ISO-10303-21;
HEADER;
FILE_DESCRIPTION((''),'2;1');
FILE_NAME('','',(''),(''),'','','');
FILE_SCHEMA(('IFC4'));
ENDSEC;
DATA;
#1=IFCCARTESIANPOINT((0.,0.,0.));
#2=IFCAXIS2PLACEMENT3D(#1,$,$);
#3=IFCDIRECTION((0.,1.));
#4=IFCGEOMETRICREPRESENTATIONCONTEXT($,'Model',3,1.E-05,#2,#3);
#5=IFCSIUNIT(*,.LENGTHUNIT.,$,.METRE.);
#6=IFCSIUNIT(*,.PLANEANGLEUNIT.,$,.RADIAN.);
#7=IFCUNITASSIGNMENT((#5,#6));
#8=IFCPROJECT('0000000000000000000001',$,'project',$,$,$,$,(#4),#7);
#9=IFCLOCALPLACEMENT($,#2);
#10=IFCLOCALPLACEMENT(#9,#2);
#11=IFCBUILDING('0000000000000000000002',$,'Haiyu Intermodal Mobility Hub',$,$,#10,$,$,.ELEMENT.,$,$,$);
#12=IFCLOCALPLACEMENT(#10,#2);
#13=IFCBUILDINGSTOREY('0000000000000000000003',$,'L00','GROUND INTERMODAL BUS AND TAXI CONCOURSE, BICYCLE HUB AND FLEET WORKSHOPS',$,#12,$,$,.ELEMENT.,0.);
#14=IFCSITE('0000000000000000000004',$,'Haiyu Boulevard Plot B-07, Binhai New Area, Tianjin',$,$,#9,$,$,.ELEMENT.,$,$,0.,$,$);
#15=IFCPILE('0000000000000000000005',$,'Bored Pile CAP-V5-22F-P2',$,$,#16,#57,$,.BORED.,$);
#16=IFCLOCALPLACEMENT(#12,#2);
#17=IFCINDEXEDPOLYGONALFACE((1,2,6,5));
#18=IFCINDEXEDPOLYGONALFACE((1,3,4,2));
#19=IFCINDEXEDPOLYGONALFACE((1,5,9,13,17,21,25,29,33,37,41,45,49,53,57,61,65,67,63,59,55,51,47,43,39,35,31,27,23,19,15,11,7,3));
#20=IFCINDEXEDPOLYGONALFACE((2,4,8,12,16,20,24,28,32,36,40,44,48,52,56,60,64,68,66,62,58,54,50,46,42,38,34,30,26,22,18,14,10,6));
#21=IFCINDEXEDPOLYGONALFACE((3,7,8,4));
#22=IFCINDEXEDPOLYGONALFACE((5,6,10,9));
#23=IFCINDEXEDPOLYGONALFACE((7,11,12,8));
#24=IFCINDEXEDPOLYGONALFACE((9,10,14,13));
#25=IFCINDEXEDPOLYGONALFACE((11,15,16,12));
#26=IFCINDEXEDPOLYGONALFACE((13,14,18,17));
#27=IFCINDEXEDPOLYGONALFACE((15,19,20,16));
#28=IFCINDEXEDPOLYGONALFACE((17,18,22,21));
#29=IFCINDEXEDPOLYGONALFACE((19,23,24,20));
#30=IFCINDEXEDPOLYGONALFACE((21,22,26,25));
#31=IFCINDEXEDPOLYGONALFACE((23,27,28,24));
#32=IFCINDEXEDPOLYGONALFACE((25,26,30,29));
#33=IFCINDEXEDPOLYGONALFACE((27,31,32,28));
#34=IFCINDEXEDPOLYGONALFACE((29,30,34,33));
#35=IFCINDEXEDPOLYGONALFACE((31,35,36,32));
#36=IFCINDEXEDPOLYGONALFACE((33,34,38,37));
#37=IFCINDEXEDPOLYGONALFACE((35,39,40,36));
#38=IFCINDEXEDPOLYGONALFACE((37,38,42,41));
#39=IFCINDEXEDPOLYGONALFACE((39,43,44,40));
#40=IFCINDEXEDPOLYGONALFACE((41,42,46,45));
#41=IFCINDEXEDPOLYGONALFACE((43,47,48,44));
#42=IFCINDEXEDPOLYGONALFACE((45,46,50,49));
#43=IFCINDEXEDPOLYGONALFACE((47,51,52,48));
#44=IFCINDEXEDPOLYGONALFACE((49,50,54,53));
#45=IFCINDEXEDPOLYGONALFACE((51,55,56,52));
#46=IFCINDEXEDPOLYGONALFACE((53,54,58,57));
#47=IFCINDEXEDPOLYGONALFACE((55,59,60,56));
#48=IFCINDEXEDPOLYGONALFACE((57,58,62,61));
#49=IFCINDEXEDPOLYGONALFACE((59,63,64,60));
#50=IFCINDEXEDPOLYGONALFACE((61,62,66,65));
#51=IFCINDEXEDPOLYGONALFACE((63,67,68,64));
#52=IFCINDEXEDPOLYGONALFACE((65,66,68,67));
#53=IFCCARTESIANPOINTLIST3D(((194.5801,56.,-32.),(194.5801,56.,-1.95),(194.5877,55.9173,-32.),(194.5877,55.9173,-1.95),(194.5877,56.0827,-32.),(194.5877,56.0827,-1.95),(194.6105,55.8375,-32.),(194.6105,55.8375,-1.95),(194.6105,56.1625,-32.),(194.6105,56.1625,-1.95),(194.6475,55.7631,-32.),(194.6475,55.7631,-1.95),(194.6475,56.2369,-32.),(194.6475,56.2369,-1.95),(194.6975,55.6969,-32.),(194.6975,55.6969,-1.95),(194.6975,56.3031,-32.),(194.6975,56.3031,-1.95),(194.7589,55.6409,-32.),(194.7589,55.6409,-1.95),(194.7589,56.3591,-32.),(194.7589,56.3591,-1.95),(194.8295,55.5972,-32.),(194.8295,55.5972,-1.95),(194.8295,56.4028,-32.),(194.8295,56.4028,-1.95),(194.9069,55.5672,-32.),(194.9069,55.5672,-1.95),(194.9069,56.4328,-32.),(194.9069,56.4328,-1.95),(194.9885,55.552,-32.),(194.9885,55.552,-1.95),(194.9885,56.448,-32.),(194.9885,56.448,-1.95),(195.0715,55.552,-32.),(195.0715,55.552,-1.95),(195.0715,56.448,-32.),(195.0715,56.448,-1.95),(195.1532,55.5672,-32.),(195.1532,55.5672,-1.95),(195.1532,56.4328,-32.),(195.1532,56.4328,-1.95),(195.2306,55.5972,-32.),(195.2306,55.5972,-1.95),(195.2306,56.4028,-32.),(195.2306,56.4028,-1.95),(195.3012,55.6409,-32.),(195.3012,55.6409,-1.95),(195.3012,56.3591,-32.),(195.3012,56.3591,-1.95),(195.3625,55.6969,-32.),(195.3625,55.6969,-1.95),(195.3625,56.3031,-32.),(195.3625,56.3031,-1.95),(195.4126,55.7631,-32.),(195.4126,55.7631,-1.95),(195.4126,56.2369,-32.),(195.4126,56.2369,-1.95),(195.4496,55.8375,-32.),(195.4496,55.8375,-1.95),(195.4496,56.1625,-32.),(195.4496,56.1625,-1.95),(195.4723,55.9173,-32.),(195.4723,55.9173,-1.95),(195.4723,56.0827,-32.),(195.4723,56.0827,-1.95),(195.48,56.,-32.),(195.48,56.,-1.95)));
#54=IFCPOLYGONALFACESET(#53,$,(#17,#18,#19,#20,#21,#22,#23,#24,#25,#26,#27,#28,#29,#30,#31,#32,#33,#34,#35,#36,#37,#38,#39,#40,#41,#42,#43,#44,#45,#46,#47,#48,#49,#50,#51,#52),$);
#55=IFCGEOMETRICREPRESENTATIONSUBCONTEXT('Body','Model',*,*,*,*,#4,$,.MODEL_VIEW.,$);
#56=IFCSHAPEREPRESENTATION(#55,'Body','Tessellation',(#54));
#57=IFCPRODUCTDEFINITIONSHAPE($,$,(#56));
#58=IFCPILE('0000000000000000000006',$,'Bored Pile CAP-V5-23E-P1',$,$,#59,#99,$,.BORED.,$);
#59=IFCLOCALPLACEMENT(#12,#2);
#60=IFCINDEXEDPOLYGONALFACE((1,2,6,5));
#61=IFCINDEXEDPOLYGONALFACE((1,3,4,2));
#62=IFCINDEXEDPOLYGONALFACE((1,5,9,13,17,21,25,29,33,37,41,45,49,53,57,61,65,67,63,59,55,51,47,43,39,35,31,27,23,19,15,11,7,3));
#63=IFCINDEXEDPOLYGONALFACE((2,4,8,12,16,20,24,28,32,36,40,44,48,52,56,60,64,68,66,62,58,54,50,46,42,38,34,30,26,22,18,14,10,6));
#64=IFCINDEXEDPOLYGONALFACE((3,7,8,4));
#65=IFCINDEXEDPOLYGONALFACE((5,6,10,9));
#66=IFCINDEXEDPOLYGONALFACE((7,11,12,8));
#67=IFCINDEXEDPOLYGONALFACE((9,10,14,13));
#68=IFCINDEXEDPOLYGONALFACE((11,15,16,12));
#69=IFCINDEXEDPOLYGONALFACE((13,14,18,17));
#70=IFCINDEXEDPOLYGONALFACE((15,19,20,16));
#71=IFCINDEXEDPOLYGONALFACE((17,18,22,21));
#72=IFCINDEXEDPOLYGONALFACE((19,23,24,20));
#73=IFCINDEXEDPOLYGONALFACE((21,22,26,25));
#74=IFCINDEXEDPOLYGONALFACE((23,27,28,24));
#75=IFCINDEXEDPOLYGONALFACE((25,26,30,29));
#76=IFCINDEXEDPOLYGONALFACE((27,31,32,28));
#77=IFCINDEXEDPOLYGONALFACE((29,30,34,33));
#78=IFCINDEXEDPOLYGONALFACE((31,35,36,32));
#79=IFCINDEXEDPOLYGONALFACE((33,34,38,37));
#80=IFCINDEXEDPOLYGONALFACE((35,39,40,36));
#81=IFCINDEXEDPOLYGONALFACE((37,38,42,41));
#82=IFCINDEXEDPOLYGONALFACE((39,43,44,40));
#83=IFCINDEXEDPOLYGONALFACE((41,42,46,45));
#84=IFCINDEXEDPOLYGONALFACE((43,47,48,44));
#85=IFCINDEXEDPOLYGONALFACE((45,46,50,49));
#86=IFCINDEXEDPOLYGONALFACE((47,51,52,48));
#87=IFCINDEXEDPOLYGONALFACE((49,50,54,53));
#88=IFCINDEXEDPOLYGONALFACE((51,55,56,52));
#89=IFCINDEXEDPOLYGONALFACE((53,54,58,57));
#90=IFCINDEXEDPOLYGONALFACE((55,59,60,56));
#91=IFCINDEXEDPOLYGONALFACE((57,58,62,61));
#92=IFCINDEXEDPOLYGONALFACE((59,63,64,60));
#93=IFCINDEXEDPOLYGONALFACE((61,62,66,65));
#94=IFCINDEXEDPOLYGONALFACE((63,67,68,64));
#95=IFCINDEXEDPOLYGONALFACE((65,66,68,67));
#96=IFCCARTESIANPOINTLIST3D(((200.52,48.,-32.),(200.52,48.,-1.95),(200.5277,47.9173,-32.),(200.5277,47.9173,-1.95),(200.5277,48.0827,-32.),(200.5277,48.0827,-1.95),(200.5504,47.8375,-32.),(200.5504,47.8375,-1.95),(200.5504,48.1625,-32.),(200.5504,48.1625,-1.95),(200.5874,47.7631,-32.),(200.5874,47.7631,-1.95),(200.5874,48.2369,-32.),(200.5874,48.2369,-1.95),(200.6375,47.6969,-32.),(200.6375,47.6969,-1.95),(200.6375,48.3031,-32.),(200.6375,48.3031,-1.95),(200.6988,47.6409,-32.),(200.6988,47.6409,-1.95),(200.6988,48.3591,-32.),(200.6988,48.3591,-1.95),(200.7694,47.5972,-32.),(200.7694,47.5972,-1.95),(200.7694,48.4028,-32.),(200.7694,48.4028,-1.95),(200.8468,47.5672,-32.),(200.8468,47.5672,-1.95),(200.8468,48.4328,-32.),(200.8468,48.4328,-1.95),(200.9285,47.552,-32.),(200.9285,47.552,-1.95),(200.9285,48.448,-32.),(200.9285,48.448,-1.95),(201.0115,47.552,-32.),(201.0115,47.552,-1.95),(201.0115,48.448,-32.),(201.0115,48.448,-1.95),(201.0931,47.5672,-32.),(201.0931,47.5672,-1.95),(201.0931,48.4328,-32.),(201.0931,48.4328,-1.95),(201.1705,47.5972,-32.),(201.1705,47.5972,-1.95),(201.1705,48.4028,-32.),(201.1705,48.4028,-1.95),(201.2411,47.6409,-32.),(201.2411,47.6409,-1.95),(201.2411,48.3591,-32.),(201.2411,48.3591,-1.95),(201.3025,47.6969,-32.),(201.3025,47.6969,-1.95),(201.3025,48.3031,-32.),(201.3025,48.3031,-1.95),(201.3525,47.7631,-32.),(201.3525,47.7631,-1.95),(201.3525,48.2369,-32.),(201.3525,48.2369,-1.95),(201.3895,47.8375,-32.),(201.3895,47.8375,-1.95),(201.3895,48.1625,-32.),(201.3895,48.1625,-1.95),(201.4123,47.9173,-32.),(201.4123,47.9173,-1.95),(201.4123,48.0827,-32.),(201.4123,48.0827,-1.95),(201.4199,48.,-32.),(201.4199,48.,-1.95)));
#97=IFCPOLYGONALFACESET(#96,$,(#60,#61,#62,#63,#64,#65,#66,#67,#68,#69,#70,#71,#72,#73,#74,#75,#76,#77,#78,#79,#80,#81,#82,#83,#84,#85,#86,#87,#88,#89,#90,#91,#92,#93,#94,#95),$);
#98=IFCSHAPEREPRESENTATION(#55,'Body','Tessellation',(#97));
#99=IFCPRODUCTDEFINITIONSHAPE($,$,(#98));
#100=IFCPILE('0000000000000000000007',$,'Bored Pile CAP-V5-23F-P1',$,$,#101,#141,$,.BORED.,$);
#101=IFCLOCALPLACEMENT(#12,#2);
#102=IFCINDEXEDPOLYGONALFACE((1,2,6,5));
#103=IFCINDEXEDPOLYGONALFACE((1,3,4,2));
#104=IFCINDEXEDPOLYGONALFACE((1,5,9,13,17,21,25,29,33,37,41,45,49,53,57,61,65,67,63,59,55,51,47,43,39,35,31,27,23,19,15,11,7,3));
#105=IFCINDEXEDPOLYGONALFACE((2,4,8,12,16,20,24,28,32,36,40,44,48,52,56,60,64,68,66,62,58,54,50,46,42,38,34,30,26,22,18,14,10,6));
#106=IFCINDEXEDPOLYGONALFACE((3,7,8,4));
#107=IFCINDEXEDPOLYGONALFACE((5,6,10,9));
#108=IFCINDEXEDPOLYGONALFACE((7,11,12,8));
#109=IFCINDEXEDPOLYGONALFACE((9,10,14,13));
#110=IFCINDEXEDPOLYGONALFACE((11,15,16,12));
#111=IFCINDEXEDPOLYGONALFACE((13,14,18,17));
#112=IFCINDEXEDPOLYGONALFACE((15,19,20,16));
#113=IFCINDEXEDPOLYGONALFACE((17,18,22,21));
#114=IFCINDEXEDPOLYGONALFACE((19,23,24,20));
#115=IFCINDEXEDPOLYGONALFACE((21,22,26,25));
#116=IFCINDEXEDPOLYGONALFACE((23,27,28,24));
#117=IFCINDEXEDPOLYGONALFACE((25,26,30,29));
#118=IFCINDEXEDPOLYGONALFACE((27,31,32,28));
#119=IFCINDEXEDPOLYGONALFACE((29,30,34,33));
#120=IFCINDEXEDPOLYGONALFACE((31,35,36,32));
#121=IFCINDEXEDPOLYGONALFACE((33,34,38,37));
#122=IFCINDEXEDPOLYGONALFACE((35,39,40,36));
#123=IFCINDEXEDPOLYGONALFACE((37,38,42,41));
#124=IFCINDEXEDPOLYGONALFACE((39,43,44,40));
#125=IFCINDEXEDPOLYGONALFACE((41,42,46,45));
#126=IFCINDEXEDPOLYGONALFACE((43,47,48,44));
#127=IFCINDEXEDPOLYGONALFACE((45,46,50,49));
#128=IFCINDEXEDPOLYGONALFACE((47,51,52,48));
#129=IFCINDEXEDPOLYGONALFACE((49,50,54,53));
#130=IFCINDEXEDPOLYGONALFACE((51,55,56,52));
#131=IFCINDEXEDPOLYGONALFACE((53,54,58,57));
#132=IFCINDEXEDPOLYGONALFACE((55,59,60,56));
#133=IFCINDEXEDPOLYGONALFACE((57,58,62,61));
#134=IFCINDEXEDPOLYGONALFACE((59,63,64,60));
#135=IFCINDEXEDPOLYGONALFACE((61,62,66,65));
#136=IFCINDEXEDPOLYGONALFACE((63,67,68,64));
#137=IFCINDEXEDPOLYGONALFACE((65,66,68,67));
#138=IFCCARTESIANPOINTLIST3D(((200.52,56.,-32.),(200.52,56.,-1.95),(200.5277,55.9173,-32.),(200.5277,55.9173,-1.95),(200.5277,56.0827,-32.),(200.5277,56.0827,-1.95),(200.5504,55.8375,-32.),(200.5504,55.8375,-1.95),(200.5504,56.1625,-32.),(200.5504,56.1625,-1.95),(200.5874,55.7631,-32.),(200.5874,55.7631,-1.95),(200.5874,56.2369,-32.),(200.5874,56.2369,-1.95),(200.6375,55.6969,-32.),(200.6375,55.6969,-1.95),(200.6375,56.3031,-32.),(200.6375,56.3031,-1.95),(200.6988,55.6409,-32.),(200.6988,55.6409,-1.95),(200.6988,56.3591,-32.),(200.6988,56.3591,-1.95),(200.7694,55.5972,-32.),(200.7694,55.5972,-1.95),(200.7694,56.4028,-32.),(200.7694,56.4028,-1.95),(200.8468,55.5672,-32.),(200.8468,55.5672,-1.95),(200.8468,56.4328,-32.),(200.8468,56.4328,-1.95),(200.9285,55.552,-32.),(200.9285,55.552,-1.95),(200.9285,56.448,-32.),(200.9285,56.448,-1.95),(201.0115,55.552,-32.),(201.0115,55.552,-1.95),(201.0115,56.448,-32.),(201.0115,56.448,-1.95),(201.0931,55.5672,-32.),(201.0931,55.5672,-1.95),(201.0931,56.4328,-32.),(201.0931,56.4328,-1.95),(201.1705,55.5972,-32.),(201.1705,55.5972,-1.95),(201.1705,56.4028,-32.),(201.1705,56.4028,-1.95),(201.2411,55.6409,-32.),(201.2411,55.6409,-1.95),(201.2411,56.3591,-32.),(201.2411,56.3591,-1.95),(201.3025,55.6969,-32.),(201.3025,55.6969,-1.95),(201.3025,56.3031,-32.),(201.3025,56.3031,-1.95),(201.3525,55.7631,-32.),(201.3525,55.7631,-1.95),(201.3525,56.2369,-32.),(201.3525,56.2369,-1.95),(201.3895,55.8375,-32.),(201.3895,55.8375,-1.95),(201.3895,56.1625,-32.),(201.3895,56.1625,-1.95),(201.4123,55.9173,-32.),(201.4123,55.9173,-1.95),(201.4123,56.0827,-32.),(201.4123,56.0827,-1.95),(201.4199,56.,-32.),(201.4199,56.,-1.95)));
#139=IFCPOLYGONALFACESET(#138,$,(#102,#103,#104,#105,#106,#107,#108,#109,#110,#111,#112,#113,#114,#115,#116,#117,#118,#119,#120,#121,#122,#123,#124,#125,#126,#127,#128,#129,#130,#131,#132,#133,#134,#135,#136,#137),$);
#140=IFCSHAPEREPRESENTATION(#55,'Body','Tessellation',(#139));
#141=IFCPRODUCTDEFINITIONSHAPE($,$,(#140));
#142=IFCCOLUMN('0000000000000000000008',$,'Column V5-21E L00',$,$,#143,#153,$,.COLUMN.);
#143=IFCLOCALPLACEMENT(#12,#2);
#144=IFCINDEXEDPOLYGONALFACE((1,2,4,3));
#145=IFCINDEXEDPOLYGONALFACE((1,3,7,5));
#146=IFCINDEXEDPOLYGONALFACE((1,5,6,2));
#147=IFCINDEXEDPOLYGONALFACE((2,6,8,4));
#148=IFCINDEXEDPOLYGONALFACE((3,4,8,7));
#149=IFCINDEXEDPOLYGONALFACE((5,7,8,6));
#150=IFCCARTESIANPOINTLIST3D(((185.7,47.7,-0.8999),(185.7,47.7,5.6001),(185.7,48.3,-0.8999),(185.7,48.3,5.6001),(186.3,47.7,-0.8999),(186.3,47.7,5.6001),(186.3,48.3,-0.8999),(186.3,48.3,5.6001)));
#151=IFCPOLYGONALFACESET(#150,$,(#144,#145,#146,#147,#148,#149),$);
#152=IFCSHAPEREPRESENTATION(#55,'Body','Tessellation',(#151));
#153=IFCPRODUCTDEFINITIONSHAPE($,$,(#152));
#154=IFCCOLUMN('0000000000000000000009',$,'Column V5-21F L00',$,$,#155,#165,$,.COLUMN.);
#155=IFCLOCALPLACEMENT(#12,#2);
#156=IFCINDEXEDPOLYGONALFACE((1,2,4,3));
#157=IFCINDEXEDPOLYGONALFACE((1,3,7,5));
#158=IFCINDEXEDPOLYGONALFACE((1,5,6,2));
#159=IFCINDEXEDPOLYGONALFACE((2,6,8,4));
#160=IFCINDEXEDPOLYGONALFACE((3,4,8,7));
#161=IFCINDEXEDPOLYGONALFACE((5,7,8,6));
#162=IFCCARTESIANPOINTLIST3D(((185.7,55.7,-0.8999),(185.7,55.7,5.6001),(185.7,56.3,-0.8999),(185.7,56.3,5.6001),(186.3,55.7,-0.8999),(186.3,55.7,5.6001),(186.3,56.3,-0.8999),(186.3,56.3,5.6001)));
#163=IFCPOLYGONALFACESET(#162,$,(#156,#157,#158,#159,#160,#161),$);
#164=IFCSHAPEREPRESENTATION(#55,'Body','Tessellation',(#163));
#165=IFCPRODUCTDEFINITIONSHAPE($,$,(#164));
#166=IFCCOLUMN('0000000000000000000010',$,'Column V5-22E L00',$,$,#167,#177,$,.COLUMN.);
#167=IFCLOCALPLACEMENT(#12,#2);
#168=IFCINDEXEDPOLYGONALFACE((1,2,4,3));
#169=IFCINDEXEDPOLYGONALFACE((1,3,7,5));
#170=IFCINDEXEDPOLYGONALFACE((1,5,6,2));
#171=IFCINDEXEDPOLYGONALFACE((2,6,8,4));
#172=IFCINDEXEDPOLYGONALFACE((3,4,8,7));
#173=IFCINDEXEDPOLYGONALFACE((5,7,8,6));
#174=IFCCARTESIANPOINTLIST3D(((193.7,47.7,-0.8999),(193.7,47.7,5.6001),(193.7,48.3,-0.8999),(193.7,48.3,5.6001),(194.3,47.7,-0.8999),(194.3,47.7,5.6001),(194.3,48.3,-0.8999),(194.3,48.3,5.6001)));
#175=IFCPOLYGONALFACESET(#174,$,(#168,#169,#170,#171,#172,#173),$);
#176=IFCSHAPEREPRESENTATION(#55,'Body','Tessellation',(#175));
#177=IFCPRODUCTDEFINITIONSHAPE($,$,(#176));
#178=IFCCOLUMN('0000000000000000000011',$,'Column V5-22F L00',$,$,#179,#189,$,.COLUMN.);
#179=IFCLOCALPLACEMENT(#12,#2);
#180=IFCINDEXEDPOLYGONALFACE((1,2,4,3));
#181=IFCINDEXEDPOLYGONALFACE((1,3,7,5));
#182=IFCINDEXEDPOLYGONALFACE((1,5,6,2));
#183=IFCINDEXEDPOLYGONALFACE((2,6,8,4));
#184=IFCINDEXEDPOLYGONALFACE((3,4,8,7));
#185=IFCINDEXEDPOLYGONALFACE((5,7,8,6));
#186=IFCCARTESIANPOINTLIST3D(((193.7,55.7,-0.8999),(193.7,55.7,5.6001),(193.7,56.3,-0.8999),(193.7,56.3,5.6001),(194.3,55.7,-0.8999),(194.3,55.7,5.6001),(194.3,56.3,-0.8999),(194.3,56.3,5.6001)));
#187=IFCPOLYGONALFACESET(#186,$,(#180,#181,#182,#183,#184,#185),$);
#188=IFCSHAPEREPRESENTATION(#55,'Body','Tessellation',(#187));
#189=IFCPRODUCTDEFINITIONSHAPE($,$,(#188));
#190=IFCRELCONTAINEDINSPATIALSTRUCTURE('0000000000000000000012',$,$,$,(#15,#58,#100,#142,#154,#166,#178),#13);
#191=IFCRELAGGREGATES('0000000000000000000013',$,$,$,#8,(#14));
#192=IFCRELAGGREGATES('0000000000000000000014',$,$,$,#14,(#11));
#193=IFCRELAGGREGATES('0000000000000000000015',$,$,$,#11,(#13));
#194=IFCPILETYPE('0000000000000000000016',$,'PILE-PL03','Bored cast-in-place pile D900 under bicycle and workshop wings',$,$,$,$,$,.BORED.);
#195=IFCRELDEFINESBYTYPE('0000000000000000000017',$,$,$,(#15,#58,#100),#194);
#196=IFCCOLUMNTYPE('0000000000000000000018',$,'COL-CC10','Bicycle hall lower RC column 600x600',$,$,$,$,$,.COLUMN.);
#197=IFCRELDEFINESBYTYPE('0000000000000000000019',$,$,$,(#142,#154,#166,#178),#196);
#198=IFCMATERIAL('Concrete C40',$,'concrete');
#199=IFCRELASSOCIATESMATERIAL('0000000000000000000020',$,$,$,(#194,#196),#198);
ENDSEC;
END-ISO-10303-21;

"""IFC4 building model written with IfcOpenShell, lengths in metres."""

from ifc_helpers import new_model, si_unit, direction, frame, origin, origin_2d, place, context, subcontext, project, spatial, rectangle, circle, extrude, material, material_profile, profile_set, type_object, element, save


model = new_model("IFC4")

# Units and contexts
model_context = context("Model", 3, precision=1e-05, world=origin(), true_north=direction((0.0, 1.0)))
body_context = subcontext(model_context, "Body", "Model", "MODEL_VIEW")
ifc_project = project(units=[si_unit("LENGTHUNIT", "METRE"), si_unit("PLANEANGLEUNIT", "RADIAN")], contexts=[model_context])

# Site, building, storey
site_placement = place(None, origin())
site = spatial("IfcSite", under=ifc_project, at=site_placement, Name="Haiyu Boulevard Plot B-07, Binhai New Area, Tianjin", CompositionType="ELEMENT", RefElevation=0.0)
building_placement = place(site_placement, origin())
building = spatial("IfcBuilding", under=site, at=building_placement, Name="Haiyu Intermodal Mobility Hub", CompositionType="ELEMENT")
storey_placement = place(building_placement, origin())
storey = spatial("IfcBuildingStorey", under=building, at=storey_placement, Name="L00", Description="GROUND INTERMODAL BUS AND TAXI CONCOURSE, BICYCLE HUB AND FLEET WORKSHOPS", CompositionType="ELEMENT", Elevation=0.0)

# Shared definitions
ifc_material = material(Name="Concrete C40", Category="concrete")

# Piles
ifc_material_profile_1 = material_profile(ifc_material, circle(Radius=0.45, at=origin_2d()), Name="PILE-D900")
ifc_profile_set_1 = profile_set([ifc_material_profile_1], Name="Concrete C40")
pile_type = type_object("IfcPileType", Name="PILE-PL03", Description="Bored cast-in-place pile D900 under bicycle and workshop wings", PredefinedType="BORED", material=ifc_profile_set_1)
for number, where, z_axis, x_axis, name in (
    (1, (195.03, 56.0, -1.95), (0.0, 0.0, -1.0), (1.0, 0.0, 0.0), "Bored Pile CAP-V5-22F-P2"),
    (2, (200.97, 48.0, -1.95), (0.0, 0.0, -1.0), (1.0, 0.0, 0.0), "Bored Pile CAP-V5-23E-P1"),
    (3, (200.97, 56.0, -1.95), (0.0, 0.0, -1.0), (1.0, 0.0, 0.0), "Bored Pile CAP-V5-23F-P1"),
):
    element("IfcPile", number, at=place(storey_placement, frame(where, z_axis=z_axis, x_axis=x_axis)), inside=storey, type_object=pile_type, Name=name, PredefinedType="BORED", context=body_context, shape_type="SweptSolid", body=[
        extrude(circle(Radius=0.45, at=origin_2d()), origin(), (0.0, 0.0, 1.0), 30.05),
    ])

# Columns
ifc_material_profile_2 = material_profile(ifc_material, rectangle(XDim=0.6001, YDim=0.6001, at=origin_2d()), Name="RC600x600")
ifc_profile_set_2 = profile_set([ifc_material_profile_2], Name="Concrete C40")
column_type = type_object("IfcColumnType", Name="COL-CC10", Description="Bicycle hall lower RC column 600x600", PredefinedType="COLUMN", material=ifc_profile_set_2)
for number, where, z_axis, x_axis, name in (
    (4, (186.0, 48.0, -0.8999), (0.0, 0.0, 1.0), (1.0, 0.0, 0.0), "Column V5-21E L00"),
    (5, (186.0, 56.0, -0.8999), (0.0, 0.0, 1.0), (1.0, 0.0, 0.0), "Column V5-21F L00"),
    (6, (194.0, 48.0, -0.8999), (0.0, 0.0, 1.0), (1.0, 0.0, 0.0), "Column V5-22E L00"),
    (7, (194.0, 56.0, -0.8999), (0.0, 0.0, 1.0), (1.0, 0.0, 0.0), "Column V5-22F L00"),
):
    element("IfcColumn", number, at=place(storey_placement, frame(where, z_axis=z_axis, x_axis=x_axis)), inside=storey, type_object=column_type, Name=name, PredefinedType="COLUMN", context=body_context, shape_type="SweptSolid", body=[
        extrude(rectangle(XDim=0.6001, YDim=0.6001, at=origin_2d()), origin(), (0.0, 0.0, 1.0), 6.5),
    ])

save(model, "model.ifc")
